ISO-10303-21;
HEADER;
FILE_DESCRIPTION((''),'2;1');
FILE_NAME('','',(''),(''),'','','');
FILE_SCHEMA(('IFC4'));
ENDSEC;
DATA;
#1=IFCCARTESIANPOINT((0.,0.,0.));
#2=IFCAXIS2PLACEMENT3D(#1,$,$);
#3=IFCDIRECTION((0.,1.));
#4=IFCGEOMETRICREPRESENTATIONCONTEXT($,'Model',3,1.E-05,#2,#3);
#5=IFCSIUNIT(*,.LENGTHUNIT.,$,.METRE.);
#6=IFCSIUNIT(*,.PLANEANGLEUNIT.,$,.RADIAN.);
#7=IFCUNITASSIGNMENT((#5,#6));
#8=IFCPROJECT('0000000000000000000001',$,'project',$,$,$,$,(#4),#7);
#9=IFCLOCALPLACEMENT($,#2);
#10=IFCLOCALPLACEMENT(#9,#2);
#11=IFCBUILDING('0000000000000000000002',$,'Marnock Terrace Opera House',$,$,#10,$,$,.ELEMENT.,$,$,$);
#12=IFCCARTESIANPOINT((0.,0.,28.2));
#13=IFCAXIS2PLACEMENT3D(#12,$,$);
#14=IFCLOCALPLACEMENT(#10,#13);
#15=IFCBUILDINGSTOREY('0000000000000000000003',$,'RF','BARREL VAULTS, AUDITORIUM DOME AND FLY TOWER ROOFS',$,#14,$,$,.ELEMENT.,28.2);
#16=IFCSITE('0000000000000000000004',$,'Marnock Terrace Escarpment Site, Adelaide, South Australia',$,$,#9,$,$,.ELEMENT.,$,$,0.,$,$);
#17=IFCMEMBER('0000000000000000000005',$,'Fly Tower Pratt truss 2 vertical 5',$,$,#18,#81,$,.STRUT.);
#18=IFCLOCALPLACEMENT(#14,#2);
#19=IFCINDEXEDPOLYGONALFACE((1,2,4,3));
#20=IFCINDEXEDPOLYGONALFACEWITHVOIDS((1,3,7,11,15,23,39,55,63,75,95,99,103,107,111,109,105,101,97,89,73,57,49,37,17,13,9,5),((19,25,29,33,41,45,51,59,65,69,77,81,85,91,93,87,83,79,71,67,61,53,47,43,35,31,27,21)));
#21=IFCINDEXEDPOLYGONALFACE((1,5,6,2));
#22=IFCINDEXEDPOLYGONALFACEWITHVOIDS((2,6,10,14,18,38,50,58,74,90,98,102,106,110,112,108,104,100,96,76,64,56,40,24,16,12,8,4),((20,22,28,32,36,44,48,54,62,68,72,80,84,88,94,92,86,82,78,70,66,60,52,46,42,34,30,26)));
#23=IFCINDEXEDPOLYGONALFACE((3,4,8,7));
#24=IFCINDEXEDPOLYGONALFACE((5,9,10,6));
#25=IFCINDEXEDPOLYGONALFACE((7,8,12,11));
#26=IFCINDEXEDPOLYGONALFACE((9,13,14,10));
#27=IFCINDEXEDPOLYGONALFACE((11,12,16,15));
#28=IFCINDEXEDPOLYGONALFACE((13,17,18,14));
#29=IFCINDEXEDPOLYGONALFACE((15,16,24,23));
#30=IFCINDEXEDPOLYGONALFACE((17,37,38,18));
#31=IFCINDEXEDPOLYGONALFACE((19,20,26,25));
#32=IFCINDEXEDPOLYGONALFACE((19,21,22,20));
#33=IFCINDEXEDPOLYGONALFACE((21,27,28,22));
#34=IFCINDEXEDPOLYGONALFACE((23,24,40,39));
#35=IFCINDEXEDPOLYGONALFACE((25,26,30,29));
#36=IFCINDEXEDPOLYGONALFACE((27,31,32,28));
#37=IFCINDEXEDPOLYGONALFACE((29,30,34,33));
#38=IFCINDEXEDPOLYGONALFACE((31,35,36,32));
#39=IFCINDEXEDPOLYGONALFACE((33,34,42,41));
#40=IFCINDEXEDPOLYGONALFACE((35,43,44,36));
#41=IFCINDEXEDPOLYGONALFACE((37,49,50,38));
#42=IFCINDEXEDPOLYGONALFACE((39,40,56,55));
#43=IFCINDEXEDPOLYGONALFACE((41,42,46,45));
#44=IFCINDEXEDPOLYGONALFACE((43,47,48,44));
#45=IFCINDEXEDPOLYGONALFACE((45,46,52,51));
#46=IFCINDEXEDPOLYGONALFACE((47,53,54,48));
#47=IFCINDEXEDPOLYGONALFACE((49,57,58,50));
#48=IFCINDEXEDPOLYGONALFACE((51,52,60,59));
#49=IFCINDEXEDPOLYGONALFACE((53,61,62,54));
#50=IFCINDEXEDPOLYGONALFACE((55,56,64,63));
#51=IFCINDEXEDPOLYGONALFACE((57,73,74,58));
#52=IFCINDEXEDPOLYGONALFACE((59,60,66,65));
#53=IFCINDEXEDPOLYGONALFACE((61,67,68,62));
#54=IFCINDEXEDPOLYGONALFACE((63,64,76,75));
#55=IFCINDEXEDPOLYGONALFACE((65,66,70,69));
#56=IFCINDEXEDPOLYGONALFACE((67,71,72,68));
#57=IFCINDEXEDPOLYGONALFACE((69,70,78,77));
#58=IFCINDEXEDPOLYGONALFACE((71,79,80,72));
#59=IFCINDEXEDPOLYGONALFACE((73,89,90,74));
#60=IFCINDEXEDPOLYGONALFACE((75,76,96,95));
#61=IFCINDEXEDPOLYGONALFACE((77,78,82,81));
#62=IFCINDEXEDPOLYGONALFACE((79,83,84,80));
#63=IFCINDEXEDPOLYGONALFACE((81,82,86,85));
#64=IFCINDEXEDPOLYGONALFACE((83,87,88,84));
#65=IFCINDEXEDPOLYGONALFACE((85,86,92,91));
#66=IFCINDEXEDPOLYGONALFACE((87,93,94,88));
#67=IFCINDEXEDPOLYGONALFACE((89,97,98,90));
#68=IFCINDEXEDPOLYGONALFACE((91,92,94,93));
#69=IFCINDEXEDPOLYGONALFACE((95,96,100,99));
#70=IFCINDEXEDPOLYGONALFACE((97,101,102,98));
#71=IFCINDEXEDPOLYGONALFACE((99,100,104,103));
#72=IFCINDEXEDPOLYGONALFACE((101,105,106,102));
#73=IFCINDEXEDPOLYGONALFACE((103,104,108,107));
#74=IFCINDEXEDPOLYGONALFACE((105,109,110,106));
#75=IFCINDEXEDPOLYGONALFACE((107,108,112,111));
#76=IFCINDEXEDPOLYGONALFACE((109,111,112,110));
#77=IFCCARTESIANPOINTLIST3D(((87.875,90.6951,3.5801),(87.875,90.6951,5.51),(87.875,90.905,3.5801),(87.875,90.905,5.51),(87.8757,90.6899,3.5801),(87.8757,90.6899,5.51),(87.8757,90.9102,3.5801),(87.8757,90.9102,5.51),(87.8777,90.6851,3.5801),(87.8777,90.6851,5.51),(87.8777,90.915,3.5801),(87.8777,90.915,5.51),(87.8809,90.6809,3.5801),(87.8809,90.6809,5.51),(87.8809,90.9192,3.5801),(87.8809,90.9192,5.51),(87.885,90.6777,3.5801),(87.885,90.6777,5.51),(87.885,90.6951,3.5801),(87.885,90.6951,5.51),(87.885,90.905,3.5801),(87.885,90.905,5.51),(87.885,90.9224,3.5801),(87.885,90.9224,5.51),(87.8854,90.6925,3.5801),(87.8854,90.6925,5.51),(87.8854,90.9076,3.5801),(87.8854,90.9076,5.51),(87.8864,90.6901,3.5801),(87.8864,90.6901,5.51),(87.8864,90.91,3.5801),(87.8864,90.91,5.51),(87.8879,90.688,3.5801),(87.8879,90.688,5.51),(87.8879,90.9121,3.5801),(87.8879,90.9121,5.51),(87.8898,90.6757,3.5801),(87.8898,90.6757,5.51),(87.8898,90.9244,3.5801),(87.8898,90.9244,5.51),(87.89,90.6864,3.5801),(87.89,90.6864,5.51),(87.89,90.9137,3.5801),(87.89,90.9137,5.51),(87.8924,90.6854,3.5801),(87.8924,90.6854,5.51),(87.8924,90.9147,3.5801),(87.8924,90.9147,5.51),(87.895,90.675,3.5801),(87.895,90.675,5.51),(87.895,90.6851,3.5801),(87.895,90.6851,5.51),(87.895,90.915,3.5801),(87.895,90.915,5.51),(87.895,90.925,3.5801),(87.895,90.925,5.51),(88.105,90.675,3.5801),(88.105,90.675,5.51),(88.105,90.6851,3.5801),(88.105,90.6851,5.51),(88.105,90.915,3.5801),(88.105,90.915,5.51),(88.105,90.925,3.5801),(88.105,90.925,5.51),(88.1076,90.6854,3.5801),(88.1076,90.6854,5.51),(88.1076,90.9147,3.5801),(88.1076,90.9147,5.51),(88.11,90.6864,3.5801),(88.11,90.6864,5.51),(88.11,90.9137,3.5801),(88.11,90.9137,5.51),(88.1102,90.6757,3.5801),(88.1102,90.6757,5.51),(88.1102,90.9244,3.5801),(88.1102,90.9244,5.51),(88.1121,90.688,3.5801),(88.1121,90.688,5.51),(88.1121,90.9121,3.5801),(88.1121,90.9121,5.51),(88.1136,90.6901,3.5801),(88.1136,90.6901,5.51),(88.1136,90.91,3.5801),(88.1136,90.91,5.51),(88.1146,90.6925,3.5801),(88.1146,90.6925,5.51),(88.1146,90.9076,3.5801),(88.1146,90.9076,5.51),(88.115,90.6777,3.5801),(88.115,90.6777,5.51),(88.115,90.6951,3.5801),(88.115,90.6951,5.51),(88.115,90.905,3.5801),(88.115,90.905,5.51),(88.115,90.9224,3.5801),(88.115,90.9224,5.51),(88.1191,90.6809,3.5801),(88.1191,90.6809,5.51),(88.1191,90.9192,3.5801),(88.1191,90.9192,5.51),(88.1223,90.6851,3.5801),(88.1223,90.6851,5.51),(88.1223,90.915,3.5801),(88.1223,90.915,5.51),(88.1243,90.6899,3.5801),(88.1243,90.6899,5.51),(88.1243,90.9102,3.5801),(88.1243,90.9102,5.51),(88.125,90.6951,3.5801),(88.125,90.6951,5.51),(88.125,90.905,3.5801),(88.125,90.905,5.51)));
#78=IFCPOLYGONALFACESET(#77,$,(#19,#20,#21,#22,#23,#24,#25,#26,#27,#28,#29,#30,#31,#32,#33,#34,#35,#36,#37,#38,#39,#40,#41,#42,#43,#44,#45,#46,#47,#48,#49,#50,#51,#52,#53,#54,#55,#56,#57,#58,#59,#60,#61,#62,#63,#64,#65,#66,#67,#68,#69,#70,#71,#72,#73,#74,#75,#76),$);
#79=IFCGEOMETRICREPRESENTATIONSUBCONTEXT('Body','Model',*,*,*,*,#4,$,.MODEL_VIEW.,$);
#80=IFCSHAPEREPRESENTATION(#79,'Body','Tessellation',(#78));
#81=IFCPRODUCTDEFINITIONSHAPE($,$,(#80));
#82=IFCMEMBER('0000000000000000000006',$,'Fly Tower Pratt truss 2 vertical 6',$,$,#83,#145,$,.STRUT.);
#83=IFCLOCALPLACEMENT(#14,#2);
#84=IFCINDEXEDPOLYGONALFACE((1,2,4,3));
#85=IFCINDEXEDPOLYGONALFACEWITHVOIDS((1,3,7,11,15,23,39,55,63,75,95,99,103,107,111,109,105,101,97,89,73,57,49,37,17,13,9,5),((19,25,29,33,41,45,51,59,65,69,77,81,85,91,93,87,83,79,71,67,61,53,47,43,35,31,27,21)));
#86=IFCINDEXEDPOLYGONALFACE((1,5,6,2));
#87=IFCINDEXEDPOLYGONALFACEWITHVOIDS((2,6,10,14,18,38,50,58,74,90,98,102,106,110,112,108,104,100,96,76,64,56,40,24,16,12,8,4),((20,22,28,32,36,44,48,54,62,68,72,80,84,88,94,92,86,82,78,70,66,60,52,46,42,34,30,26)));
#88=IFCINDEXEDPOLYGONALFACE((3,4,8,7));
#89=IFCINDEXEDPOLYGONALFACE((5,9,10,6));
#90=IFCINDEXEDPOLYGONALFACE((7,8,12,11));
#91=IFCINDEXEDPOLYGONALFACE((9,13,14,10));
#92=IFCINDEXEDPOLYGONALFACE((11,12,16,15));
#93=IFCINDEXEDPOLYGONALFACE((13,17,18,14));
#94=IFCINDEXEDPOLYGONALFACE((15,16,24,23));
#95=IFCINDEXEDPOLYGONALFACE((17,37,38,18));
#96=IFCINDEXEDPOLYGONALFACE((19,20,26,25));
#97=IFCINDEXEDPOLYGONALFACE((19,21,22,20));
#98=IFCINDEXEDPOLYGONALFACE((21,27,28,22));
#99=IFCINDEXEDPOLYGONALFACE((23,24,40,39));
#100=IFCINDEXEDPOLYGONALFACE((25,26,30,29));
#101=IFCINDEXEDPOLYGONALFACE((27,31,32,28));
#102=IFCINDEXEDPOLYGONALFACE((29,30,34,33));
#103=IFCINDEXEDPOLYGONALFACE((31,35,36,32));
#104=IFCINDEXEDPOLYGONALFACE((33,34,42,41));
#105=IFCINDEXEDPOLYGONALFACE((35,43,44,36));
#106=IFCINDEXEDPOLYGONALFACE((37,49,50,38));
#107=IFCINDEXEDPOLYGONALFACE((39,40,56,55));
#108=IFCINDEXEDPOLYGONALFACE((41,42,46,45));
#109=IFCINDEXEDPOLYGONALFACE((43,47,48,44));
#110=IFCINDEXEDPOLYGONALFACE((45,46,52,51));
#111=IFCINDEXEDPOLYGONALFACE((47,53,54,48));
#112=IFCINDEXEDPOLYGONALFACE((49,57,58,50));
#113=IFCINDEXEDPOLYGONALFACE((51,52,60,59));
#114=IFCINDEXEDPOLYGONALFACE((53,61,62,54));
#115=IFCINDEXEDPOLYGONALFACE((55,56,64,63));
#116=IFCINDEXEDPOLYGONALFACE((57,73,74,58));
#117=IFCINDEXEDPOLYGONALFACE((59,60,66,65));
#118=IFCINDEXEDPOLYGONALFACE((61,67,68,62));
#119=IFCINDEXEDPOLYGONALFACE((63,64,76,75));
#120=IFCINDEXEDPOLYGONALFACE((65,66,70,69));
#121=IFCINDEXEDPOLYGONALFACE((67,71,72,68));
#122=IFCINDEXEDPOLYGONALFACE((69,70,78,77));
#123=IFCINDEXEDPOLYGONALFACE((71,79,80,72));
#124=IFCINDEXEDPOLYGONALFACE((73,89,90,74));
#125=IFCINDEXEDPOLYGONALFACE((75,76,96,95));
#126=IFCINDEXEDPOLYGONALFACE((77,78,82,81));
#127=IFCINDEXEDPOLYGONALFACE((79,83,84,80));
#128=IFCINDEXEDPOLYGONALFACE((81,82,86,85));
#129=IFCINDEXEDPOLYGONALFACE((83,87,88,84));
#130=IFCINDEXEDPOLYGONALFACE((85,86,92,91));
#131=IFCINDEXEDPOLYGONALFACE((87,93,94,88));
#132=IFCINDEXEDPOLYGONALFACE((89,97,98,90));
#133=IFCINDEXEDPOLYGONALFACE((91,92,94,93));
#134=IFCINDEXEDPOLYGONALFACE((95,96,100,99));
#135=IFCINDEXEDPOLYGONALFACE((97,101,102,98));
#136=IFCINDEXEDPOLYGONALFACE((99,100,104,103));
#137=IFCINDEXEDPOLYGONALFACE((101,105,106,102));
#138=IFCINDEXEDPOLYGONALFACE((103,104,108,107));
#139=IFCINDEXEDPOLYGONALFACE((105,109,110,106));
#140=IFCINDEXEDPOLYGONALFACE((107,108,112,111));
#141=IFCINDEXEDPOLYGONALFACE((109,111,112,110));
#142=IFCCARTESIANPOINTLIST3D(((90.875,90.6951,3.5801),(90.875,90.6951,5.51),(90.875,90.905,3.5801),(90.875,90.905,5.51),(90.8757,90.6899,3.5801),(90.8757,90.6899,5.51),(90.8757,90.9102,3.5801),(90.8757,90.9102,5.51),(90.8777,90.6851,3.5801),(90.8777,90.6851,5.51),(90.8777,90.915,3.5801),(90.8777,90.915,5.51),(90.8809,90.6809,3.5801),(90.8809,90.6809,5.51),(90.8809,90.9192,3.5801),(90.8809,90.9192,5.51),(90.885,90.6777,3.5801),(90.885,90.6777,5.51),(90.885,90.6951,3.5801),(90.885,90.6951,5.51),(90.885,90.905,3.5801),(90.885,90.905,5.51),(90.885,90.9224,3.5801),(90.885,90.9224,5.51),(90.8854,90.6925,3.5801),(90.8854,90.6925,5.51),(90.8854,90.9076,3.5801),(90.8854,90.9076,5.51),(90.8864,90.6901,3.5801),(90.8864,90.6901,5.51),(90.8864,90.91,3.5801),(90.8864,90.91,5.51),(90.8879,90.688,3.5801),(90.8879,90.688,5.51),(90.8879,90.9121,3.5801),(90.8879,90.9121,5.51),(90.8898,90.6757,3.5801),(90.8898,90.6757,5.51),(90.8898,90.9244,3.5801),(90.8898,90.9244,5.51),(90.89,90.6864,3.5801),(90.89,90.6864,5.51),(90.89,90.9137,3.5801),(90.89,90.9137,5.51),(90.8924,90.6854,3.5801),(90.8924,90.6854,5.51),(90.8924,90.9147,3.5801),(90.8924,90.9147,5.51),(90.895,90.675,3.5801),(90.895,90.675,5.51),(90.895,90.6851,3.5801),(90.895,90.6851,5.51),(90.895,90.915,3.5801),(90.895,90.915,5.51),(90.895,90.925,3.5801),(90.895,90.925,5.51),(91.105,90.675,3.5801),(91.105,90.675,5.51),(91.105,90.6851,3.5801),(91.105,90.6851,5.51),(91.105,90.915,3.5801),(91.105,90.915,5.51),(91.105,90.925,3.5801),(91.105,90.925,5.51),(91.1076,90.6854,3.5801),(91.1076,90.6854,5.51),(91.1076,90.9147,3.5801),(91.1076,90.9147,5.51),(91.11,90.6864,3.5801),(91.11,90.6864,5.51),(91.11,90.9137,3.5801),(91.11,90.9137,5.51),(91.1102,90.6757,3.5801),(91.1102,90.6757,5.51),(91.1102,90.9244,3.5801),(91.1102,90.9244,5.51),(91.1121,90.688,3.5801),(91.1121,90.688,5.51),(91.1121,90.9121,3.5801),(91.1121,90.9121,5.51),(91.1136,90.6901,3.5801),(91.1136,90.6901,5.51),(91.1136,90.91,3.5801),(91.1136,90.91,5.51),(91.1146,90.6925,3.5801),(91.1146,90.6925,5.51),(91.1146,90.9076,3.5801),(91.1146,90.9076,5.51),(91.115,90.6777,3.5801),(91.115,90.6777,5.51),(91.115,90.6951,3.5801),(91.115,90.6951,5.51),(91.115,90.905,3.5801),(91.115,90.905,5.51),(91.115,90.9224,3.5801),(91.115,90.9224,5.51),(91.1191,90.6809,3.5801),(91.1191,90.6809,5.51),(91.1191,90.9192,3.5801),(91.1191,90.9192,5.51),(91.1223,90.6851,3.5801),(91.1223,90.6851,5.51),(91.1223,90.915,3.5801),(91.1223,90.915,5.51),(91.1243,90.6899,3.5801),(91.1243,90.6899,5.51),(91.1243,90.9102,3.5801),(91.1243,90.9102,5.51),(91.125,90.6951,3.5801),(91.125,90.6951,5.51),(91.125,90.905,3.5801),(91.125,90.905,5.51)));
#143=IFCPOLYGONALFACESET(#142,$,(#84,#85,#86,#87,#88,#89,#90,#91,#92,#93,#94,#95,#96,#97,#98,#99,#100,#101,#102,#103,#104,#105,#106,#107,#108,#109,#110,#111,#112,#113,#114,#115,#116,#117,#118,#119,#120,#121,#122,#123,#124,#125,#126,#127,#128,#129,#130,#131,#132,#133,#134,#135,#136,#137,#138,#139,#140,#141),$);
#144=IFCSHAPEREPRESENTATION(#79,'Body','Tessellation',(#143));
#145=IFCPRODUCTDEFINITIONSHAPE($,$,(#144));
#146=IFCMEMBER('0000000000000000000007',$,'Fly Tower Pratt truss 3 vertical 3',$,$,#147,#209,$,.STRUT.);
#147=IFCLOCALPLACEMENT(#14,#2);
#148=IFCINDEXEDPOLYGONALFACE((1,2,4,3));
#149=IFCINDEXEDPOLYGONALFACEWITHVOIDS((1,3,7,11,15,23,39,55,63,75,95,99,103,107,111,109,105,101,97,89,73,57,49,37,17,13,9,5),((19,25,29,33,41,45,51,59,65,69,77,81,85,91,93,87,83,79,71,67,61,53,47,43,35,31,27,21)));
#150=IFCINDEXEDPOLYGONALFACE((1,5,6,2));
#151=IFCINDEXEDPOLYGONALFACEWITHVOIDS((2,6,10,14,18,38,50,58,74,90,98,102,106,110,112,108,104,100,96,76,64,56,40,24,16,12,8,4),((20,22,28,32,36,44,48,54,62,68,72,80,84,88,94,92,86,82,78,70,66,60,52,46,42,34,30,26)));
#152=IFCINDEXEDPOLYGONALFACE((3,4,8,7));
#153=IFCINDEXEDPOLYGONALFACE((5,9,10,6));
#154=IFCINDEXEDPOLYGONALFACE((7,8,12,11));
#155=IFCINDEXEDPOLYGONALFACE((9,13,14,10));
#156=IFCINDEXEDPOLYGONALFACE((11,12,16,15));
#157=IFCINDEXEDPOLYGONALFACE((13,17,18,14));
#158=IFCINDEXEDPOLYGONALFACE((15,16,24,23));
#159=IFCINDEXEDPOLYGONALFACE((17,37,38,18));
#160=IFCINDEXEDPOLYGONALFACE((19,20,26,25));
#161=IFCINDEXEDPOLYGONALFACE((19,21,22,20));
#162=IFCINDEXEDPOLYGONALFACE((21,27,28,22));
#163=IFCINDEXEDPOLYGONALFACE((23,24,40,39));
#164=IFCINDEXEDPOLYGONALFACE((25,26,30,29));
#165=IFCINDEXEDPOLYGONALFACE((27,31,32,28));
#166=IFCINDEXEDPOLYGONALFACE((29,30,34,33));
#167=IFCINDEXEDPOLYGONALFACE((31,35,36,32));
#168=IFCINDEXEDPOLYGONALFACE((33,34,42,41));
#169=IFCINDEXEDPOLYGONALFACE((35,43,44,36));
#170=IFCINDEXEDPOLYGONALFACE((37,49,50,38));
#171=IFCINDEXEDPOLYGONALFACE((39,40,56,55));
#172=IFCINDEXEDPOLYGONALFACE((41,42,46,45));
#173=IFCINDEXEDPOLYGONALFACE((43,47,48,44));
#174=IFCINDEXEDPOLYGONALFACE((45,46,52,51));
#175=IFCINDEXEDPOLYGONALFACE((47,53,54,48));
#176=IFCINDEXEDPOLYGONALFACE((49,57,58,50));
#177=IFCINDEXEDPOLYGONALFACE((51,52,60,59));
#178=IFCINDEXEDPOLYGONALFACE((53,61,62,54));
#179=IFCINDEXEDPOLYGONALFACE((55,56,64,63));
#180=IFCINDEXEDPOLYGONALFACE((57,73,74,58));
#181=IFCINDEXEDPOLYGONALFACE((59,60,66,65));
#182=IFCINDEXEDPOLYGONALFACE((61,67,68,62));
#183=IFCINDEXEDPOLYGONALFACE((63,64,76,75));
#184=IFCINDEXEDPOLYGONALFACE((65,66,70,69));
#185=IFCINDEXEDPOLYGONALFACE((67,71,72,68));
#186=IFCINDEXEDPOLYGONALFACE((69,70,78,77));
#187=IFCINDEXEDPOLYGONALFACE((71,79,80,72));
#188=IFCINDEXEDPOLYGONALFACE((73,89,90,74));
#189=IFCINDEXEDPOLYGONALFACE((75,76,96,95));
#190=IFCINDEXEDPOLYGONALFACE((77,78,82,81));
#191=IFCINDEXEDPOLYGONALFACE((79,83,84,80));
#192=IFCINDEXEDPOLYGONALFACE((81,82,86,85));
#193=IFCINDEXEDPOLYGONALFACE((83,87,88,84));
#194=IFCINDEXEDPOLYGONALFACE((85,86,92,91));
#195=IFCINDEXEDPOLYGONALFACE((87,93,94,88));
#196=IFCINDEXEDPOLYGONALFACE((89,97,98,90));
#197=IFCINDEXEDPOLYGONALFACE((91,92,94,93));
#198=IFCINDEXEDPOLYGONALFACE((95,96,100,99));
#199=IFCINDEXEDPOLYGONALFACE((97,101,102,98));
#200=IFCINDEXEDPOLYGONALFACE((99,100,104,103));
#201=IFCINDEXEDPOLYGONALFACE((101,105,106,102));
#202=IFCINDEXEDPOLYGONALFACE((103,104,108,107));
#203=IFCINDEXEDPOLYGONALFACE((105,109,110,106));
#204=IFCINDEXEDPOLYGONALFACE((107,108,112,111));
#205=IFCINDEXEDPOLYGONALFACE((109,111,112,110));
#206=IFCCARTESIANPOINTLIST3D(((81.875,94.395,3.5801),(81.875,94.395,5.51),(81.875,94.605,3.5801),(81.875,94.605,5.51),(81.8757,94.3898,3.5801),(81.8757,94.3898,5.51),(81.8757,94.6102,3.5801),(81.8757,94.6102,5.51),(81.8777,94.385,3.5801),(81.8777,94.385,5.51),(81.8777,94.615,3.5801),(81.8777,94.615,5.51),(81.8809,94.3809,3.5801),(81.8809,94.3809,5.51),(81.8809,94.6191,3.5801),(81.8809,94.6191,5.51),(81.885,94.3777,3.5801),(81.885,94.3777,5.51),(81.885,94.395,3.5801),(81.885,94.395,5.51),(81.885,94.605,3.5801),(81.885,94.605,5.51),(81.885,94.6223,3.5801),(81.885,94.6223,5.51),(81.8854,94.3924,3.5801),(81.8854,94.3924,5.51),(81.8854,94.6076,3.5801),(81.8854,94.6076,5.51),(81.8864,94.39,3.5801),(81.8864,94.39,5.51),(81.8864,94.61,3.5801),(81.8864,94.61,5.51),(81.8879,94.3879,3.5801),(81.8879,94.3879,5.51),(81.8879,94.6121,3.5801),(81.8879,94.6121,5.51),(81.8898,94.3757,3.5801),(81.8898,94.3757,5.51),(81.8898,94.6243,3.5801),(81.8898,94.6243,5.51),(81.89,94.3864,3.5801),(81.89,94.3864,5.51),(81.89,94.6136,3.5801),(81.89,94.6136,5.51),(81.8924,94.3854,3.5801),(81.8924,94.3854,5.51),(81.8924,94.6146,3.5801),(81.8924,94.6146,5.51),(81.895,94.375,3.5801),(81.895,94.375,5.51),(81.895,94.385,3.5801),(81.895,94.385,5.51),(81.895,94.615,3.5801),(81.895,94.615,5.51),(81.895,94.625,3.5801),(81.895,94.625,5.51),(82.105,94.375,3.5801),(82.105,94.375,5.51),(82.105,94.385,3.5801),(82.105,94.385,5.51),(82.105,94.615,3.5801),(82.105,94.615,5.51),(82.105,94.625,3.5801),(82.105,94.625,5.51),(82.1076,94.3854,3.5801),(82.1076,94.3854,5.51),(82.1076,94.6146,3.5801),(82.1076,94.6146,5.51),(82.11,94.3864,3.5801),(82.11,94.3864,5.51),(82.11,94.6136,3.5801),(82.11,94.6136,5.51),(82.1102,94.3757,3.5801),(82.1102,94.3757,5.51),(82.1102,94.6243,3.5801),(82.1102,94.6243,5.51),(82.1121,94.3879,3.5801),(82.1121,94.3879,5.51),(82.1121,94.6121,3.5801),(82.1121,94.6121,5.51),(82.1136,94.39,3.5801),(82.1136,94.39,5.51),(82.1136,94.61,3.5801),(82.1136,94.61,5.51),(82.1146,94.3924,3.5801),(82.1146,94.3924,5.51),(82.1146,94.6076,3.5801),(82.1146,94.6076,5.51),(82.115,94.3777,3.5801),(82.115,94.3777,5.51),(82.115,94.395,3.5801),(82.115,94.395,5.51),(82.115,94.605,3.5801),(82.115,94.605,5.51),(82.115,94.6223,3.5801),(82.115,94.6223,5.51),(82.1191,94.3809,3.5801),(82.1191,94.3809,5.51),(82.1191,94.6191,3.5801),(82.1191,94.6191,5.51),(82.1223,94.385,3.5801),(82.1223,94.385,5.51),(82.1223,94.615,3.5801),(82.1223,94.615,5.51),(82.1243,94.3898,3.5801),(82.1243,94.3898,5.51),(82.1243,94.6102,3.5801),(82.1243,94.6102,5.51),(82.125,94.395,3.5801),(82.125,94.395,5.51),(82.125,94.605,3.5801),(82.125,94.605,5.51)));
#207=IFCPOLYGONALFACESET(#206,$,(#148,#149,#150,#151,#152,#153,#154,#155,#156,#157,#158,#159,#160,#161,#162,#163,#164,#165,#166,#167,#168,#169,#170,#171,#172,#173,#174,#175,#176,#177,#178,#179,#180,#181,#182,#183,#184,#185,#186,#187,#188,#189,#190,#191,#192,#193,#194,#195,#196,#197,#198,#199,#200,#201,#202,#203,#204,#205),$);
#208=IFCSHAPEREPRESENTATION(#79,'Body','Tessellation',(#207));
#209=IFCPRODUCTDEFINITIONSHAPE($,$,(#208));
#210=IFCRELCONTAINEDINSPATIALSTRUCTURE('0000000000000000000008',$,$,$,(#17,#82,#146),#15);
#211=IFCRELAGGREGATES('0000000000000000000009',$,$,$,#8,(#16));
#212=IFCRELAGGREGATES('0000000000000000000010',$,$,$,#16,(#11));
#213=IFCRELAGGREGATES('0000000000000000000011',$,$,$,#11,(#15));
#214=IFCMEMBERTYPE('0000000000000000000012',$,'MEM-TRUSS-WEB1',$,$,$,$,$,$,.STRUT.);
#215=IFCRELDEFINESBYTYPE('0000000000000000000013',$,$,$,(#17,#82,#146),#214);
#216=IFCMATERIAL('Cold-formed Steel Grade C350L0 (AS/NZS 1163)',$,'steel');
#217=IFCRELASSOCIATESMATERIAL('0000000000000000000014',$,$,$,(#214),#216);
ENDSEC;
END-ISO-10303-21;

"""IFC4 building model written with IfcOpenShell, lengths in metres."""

from ifc_helpers import new_model, si_unit, direction, frame, origin, origin_2d, place, context, subcontext, project, spatial, hollow_rectangle, extrude, material, material_profile, profile_set, type_object, element, save


model = new_model("IFC4")

# Units and contexts
model_context = context("Model", 3, precision=1e-05, world=origin(), true_north=direction((0.0, 1.0)))
body_context = subcontext(model_context, "Body", "Model", "MODEL_VIEW")
ifc_project = project(units=[si_unit("LENGTHUNIT", "METRE"), si_unit("PLANEANGLEUNIT", "RADIAN")], contexts=[model_context])

# Site, building, storey
site_placement = place(None, origin())
site = spatial("IfcSite", under=ifc_project, at=site_placement, Name="Marnock Terrace Escarpment Site, Adelaide, South Australia", CompositionType="ELEMENT", RefElevation=0.0)
building_placement = place(site_placement, origin())
building = spatial("IfcBuilding", under=site, at=building_placement, Name="Marnock Terrace Opera House", CompositionType="ELEMENT")
storey_placement = place(building_placement, frame((0.0, 0.0, 28.2)))
storey = spatial("IfcBuildingStorey", under=building, at=storey_placement, Name="RF", Description="BARREL VAULTS, AUDITORIUM DOME AND FLY TOWER ROOFS", CompositionType="ELEMENT", Elevation=28.2)

# Members
ifc_material_1 = material(Name="Cold-formed Steel Grade C350L0 (AS/NZS 1163)", Category="steel")
ifc_material_profile_1 = material_profile(ifc_material_1, hollow_rectangle(XDim=0.25, YDim=0.25, WallThickness=0.01, InnerFilletRadius=0.01, OuterFilletRadius=0.02, at=origin_2d()))
ifc_profile_set_1 = profile_set([ifc_material_profile_1], Name="Cold-formed Steel Grade C350L0 (AS/NZS 1163)")
member_type_1 = type_object("IfcMemberType", Name="MEM-TRUSS-WEB1", PredefinedType="STRUT", material=ifc_profile_set_1)
for number, where, z_axis, x_axis, name in (
    (1, (88.0, 90.8, 3.5801), (0.0, 0.0, 1.0), (1.0, 0.0, 0.0), "Fly Tower Pratt truss 2 vertical 5"),
    (2, (91.0, 90.8, 3.5801), (0.0, 0.0, 1.0), (1.0, 0.0, 0.0), "Fly Tower Pratt truss 2 vertical 6"),
    (3, (82.0, 94.5, 3.5801), (0.0, 0.0, 1.0), (1.0, 0.0, 0.0), "Fly Tower Pratt truss 3 vertical 3"),
):
    element("IfcMember", number, at=place(storey_placement, frame(where, z_axis=z_axis, x_axis=x_axis)), inside=storey, type_object=member_type_1, Name=name, PredefinedType="STRUT", context=body_context, shape_type="SweptSolid", body=[
        extrude(hollow_rectangle(XDim=0.25, YDim=0.25, WallThickness=0.01, InnerFilletRadius=0.01, OuterFilletRadius=0.02, at=origin_2d()), origin(), (0.0, 0.0, 1.0), 1.9299),
    ])

save(model, "model.ifc")
